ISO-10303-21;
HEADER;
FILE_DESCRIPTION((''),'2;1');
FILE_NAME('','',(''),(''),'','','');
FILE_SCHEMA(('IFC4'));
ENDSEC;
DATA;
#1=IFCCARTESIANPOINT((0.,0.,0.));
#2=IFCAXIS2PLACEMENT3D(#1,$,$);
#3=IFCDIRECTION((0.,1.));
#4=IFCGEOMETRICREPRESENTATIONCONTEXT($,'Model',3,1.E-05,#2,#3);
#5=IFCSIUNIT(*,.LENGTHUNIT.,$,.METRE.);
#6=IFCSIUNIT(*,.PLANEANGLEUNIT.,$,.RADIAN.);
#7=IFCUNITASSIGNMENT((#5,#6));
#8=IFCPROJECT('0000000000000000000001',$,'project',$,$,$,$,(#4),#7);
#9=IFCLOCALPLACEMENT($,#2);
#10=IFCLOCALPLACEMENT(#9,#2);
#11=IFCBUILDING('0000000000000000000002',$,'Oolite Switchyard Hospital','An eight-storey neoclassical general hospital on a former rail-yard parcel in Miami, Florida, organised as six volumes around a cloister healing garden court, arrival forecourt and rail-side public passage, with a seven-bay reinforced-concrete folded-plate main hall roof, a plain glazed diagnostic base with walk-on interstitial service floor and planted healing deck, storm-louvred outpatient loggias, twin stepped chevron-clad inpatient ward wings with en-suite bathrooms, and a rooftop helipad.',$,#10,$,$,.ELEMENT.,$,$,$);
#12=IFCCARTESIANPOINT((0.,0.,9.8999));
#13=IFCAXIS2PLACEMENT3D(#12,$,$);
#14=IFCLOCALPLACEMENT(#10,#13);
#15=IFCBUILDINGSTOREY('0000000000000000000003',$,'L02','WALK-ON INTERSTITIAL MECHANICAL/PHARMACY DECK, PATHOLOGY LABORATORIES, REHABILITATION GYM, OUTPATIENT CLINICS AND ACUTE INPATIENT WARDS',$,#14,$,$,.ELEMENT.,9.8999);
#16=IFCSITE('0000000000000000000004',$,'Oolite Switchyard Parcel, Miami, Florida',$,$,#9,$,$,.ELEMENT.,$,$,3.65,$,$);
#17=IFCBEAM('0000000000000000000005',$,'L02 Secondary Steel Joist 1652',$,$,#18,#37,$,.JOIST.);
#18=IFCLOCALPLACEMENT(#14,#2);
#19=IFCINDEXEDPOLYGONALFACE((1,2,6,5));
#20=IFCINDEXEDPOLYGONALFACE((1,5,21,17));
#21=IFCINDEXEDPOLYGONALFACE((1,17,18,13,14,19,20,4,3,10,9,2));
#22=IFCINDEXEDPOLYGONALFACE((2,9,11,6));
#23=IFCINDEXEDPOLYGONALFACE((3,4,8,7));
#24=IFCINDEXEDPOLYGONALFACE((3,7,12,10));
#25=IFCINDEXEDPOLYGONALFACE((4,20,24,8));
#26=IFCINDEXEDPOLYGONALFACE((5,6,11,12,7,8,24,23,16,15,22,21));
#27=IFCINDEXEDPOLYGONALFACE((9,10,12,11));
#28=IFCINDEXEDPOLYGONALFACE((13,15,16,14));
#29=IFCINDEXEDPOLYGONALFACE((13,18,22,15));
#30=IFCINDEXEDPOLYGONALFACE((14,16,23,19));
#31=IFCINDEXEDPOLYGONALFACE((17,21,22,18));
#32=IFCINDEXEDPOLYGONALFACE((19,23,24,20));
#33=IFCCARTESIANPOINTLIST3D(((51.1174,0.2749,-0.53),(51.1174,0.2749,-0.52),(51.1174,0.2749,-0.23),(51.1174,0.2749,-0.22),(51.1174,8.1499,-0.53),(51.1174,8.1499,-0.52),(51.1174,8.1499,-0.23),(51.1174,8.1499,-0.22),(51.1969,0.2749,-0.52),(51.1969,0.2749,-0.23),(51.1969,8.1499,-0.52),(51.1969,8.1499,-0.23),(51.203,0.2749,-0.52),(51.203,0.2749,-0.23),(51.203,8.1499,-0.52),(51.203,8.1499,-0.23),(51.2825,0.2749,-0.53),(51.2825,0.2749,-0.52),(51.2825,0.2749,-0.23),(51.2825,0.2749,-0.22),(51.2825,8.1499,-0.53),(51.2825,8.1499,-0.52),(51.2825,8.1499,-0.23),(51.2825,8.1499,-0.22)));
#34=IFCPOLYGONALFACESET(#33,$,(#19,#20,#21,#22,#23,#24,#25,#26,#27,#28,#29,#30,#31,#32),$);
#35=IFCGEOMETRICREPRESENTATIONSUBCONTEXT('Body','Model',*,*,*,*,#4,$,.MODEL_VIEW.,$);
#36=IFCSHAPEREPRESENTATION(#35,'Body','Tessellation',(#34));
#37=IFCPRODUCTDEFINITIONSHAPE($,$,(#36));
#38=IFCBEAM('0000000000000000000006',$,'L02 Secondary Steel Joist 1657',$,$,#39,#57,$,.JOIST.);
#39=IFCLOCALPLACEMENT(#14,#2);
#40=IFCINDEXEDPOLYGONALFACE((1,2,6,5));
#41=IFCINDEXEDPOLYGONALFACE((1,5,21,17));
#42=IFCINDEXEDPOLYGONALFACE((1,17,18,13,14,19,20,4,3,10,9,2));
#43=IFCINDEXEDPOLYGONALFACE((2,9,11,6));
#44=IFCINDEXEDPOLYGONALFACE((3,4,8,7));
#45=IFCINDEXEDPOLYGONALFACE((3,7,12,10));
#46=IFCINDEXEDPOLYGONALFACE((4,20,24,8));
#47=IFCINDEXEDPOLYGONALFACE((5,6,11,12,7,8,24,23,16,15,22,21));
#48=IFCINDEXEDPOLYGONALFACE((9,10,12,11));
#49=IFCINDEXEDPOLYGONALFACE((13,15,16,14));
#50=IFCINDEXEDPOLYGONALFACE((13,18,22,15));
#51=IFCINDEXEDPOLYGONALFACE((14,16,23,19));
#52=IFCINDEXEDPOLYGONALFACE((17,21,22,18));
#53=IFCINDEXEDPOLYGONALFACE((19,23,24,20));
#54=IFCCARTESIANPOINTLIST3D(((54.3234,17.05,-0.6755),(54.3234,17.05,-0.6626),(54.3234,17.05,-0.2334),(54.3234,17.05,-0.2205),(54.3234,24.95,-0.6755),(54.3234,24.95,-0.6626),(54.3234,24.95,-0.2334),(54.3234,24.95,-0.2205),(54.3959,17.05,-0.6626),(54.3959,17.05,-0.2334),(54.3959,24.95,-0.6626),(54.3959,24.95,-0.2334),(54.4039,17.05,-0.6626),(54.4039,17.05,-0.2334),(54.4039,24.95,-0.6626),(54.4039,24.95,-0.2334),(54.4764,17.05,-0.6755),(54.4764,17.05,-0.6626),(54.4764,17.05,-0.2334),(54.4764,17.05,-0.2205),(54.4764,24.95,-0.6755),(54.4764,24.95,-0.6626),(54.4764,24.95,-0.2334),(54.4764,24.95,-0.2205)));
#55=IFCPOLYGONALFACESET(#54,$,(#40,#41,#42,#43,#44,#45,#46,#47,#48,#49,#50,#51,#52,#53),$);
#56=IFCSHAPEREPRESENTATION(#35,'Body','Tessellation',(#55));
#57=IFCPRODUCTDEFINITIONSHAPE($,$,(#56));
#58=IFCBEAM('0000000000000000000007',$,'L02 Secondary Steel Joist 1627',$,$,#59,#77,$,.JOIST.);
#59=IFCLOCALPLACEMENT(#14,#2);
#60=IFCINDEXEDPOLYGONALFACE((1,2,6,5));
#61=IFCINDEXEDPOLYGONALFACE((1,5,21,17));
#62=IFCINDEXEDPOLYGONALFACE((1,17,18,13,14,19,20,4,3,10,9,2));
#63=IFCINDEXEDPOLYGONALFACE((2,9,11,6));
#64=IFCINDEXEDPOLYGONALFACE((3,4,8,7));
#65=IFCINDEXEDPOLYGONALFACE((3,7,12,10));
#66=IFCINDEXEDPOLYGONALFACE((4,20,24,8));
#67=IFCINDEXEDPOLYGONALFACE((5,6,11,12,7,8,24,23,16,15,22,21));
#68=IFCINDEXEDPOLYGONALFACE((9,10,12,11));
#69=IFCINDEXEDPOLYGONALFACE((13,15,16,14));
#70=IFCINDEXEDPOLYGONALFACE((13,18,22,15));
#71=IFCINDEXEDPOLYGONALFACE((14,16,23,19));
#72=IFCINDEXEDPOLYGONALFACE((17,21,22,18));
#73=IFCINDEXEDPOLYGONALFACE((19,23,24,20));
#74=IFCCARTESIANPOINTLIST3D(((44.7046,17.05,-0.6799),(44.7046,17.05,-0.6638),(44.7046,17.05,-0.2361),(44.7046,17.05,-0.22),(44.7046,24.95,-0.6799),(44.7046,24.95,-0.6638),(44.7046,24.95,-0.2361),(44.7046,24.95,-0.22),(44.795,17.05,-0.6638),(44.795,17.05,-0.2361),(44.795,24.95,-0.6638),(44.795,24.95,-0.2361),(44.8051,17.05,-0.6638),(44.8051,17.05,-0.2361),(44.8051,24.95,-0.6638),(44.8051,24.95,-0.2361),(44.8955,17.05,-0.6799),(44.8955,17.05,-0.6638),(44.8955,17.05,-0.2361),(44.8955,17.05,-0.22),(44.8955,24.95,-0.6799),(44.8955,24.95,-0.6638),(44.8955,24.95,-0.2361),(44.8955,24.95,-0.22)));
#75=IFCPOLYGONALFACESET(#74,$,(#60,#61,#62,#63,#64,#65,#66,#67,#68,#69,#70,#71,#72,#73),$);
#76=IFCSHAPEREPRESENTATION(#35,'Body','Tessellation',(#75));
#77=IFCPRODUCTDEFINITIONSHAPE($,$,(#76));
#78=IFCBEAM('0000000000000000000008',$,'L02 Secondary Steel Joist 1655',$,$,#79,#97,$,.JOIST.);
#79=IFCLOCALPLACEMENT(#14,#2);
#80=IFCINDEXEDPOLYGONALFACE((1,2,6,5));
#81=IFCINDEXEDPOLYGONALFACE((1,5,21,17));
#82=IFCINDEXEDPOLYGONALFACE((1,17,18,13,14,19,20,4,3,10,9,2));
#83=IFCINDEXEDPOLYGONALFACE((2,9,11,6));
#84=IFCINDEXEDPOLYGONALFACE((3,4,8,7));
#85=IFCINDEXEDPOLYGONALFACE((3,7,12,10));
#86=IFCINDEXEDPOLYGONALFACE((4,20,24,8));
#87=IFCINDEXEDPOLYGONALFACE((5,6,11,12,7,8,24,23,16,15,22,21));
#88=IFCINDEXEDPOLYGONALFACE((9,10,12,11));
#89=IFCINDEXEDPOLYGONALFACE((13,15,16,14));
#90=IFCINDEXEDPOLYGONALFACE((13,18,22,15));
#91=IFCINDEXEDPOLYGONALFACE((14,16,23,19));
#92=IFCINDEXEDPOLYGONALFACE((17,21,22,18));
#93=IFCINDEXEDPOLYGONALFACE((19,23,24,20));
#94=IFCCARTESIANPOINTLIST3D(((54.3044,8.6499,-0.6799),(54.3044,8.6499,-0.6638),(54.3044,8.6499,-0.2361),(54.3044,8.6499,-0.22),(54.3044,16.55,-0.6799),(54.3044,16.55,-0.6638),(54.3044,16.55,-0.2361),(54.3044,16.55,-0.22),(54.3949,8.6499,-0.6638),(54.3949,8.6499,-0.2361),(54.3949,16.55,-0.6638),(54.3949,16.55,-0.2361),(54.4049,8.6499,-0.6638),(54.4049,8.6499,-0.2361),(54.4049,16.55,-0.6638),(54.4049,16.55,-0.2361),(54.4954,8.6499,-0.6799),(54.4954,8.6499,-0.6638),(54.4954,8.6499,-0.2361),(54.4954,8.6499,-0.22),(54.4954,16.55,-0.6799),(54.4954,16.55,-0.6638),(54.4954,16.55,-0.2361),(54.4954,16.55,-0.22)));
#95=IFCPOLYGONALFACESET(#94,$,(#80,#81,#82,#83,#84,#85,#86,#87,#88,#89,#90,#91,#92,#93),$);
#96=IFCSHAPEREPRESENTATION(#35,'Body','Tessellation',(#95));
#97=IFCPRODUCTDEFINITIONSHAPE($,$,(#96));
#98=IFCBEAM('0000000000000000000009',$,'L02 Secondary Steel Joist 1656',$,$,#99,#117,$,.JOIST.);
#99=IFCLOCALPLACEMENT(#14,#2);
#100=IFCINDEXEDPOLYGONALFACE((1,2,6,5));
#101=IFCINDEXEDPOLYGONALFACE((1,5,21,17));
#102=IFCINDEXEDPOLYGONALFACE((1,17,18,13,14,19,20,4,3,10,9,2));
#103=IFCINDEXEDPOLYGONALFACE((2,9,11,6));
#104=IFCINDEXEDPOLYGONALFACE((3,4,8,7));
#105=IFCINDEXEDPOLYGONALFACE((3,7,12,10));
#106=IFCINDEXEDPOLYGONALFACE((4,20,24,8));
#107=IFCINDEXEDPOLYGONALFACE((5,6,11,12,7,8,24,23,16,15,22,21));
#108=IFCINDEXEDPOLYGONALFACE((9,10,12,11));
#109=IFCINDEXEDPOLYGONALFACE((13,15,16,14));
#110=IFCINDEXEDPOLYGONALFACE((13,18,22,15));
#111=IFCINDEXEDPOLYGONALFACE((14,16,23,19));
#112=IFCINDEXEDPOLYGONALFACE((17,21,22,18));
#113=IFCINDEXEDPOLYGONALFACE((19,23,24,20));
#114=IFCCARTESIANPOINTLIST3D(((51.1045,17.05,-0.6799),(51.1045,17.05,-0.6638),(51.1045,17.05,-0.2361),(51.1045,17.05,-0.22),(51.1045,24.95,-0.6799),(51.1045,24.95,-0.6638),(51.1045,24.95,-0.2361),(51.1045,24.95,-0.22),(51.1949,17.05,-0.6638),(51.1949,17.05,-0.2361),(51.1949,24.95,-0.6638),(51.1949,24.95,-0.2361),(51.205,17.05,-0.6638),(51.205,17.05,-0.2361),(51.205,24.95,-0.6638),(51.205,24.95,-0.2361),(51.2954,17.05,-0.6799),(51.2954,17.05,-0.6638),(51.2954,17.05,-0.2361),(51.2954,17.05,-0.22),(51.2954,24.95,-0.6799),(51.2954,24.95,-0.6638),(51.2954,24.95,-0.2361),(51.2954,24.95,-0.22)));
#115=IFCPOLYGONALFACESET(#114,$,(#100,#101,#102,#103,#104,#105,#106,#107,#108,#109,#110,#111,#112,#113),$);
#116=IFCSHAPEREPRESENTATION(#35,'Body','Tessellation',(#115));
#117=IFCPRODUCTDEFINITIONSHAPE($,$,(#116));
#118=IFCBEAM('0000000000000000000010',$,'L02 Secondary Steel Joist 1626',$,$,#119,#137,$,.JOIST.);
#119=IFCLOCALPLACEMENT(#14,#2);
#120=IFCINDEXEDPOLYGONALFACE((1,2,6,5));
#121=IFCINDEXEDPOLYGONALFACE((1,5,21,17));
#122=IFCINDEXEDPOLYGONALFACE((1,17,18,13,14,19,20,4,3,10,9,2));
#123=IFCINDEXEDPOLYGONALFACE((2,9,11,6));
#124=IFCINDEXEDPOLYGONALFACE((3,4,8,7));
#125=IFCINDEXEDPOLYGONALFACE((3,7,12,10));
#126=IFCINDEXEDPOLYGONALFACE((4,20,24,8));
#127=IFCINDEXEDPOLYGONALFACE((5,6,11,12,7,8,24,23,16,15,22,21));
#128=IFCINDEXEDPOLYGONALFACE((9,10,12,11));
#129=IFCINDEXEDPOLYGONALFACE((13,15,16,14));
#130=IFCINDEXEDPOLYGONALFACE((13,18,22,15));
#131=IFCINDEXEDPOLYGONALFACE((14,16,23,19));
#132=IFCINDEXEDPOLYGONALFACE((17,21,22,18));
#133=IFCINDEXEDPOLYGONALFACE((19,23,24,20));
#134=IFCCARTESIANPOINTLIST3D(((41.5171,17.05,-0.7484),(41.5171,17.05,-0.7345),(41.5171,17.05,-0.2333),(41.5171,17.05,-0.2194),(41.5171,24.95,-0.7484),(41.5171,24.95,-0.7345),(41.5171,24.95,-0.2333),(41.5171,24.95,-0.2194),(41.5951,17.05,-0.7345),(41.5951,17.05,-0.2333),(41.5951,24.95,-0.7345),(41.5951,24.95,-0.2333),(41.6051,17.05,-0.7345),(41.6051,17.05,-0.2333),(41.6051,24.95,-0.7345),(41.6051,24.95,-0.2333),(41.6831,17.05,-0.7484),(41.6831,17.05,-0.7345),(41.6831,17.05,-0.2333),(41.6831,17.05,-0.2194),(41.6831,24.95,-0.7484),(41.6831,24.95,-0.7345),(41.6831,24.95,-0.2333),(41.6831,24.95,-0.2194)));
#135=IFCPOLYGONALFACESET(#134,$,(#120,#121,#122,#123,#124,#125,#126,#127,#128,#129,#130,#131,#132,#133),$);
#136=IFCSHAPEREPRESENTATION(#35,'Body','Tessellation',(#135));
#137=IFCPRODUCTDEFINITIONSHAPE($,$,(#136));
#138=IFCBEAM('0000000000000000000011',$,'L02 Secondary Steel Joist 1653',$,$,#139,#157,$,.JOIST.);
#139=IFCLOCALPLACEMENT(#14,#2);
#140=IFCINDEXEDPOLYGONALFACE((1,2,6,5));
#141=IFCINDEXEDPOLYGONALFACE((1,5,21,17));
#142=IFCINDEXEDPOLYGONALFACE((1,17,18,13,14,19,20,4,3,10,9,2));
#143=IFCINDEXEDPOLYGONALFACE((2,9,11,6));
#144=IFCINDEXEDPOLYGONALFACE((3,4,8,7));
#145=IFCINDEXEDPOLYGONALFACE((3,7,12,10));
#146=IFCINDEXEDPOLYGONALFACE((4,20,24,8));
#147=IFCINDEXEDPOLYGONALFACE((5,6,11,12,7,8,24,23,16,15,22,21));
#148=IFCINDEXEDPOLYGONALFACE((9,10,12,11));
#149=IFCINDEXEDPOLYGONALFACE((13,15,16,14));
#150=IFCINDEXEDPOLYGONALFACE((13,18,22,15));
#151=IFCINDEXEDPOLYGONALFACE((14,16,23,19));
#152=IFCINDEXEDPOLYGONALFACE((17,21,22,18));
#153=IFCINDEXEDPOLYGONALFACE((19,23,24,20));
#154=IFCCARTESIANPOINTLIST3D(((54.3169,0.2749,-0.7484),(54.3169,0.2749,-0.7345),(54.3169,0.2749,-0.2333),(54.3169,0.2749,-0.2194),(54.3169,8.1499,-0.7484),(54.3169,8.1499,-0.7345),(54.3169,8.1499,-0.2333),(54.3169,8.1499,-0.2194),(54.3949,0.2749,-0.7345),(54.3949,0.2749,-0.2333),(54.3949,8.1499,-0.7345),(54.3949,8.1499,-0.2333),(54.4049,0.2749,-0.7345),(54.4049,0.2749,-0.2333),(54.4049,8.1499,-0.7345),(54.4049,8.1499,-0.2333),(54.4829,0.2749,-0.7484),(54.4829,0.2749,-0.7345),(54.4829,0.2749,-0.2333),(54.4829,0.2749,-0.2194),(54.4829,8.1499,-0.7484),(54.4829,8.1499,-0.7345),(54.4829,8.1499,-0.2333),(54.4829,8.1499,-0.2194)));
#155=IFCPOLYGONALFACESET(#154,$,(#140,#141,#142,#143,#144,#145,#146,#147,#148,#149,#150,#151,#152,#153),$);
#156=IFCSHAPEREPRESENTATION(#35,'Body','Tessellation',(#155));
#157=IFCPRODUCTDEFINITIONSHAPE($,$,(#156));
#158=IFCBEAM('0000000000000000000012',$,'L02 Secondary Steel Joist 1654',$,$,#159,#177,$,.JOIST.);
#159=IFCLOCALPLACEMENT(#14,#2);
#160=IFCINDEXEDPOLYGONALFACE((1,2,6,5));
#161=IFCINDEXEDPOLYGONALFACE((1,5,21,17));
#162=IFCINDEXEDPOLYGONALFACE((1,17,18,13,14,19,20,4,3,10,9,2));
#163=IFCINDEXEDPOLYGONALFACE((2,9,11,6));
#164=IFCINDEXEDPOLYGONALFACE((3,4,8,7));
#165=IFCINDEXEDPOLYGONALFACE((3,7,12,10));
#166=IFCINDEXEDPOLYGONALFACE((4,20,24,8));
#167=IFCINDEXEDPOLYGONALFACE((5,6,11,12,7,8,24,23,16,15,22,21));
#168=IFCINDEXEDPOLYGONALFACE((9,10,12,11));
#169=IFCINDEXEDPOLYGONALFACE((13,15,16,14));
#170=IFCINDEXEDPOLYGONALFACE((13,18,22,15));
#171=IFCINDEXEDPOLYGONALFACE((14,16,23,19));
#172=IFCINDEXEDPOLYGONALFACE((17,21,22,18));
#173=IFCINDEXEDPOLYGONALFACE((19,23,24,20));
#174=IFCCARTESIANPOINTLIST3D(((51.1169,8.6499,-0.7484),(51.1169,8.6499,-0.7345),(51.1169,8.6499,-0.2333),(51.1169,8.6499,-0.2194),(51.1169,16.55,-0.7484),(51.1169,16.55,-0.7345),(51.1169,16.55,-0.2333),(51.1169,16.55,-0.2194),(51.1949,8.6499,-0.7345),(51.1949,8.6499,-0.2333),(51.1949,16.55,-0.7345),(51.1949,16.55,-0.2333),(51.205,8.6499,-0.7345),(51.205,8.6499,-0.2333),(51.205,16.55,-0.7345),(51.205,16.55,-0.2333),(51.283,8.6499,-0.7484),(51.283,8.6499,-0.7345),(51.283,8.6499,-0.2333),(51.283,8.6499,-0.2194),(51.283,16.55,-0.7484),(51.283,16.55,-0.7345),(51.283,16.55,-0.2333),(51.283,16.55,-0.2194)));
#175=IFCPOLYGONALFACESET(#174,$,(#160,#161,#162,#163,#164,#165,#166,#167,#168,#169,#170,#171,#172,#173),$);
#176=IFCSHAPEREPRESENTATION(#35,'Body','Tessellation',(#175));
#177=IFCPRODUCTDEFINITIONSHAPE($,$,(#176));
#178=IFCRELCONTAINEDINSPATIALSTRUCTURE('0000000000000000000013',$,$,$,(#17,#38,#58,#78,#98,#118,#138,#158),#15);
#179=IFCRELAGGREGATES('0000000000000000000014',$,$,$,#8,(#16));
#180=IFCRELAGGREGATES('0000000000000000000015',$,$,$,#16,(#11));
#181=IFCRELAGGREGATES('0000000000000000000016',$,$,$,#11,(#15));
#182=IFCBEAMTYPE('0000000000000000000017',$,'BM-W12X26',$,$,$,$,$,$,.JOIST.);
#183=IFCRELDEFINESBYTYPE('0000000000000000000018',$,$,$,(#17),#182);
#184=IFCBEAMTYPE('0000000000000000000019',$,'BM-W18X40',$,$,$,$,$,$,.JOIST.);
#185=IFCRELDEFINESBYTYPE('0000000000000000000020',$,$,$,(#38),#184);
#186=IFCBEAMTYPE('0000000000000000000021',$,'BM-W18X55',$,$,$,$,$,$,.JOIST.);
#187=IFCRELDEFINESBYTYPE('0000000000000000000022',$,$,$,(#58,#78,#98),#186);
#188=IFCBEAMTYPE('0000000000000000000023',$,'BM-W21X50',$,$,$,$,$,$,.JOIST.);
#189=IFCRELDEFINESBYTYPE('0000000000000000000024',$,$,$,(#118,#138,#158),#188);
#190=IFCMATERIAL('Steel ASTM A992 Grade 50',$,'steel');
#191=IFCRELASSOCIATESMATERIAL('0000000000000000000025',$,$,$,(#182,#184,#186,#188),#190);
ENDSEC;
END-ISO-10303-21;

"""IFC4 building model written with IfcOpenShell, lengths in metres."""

from ifc_helpers import new_model, si_unit, direction, frame, origin, origin_2d, place, context, subcontext, project, spatial, i_section, extrude, material, material_profile, profile_set, type_object, element, save


model = new_model("IFC4")

# Units and contexts
model_context = context("Model", 3, precision=1e-05, world=origin(), true_north=direction((0.0, 1.0)))
body_context = subcontext(model_context, "Body", "Model", "MODEL_VIEW")
ifc_project = project(units=[si_unit("LENGTHUNIT", "METRE"), si_unit("PLANEANGLEUNIT", "RADIAN")], contexts=[model_context])

# Site, building, storey
site_placement = place(None, origin())
site = spatial("IfcSite", under=ifc_project, at=site_placement, Name="Oolite Switchyard Parcel, Miami, Florida", CompositionType="ELEMENT", RefElevation=3.65)
building_placement = place(site_placement, origin())
building = spatial("IfcBuilding", under=site, at=building_placement, Name="Oolite Switchyard Hospital", Description="An eight-storey neoclassical general hospital on a former rail-yard parcel in Miami, Florida, organised as six volumes around a cloister healing garden court, arrival forecourt and rail-side public passage, with a seven-bay reinforced-concrete folded-plate main hall roof, a plain glazed diagnostic base with walk-on interstitial service floor and planted healing deck, storm-louvred outpatient loggias, twin stepped chevron-clad inpatient ward wings with en-suite bathrooms, and a rooftop helipad.", CompositionType="ELEMENT")
storey_placement = place(building_placement, frame((0.0, 0.0, 9.8999)))
storey = spatial("IfcBuildingStorey", under=building, at=storey_placement, Name="L02", Description="WALK-ON INTERSTITIAL MECHANICAL/PHARMACY DECK, PATHOLOGY LABORATORIES, REHABILITATION GYM, OUTPATIENT CLINICS AND ACUTE INPATIENT WARDS", CompositionType="ELEMENT", Elevation=9.8999)

# Beams
ifc_material_1 = material(Name="Steel ASTM A992 Grade 50", Category="steel")
ifc_material_profile_1 = material_profile(ifc_material_1, i_section(OverallWidth=0.165, OverallDepth=0.3101, WebThickness=0.0061, FlangeThickness=0.01, at=origin_2d()), Name="W12X26")
ifc_profile_set_1 = profile_set([ifc_material_profile_1], Name="Steel ASTM A992 Grade 50")
beam_type_1 = type_object("IfcBeamType", Name="BM-W12X26", PredefinedType="JOIST", material=ifc_profile_set_1)
for number, where, z_axis, x_axis, name in (
    (1, (51.2, 0.2749, -0.375), (0.0, 1.0, 0.0), (-1.0, 0.0, 0.0), "L02 Secondary Steel Joist 1652"),
):
    element("IfcBeam", number, at=place(storey_placement, frame(where, z_axis=z_axis, x_axis=x_axis)), inside=storey, type_object=beam_type_1, Name=name, PredefinedType="JOIST", context=body_context, shape_type="SweptSolid", body=[
        extrude(i_section(OverallWidth=0.165, OverallDepth=0.3101, WebThickness=0.0061, FlangeThickness=0.01, at=origin_2d()), origin(), (0.0, 0.0, 1.0), 7.875),
    ])
ifc_material_profile_2 = material_profile(ifc_material_1, i_section(OverallWidth=0.1531, OverallDepth=0.4551, WebThickness=0.0081, FlangeThickness=0.0129, at=origin_2d()), Name="W18X40")
ifc_profile_set_2 = profile_set([ifc_material_profile_2], Name="Steel ASTM A992 Grade 50")
beam_type_2 = type_object("IfcBeamType", Name="BM-W18X40", PredefinedType="JOIST", material=ifc_profile_set_2)
beam_1_placement = place(storey_placement, frame((54.3999, 17.05, -0.448), z_axis=(0.0, 1.0, 0.0), x_axis=(-1.0, 0.0, 0.0)))
element("IfcBeam", 2, at=beam_1_placement, inside=storey, type_object=beam_type_2, Name="L02 Secondary Steel Joist 1657", PredefinedType="JOIST", context=body_context, shape_type="SweptSolid", body=[
    extrude(i_section(OverallWidth=0.1531, OverallDepth=0.4551, WebThickness=0.0081, FlangeThickness=0.0129, at=origin_2d()), origin(), (0.0, 0.0, 1.0), 7.8999),
])
ifc_material_profile_3 = material_profile(ifc_material_1, i_section(OverallWidth=0.1909, OverallDepth=0.46, WebThickness=0.01, FlangeThickness=0.0161, at=origin_2d()), Name="W18X55")
ifc_profile_set_3 = profile_set([ifc_material_profile_3], Name="Steel ASTM A992 Grade 50")
beam_type_3 = type_object("IfcBeamType", Name="BM-W18X55", PredefinedType="JOIST", material=ifc_profile_set_3)
beam_2_placement = place(storey_placement, frame((44.8, 17.05, -0.45), z_axis=(0.0, 1.0, 0.0), x_axis=(-1.0, 0.0, 0.0)))
element("IfcBeam", 3, at=beam_2_placement, inside=storey, type_object=beam_type_3, Name="L02 Secondary Steel Joist 1627", PredefinedType="JOIST", context=body_context, shape_type="SweptSolid", body=[
    extrude(i_section(OverallWidth=0.1909, OverallDepth=0.46, WebThickness=0.01, FlangeThickness=0.0161, at=origin_2d()), origin(), (0.0, 0.0, 1.0), 7.8999),
])
beam_3_placement = place(storey_placement, frame((54.3999, 8.6499, -0.45), z_axis=(0.0, 1.0, 0.0), x_axis=(-1.0, 0.0, 0.0)))
element("IfcBeam", 4, at=beam_3_placement, inside=storey, type_object=beam_type_3, Name="L02 Secondary Steel Joist 1655", PredefinedType="JOIST", context=body_context, shape_type="SweptSolid", body=[
    extrude(i_section(OverallWidth=0.1909, OverallDepth=0.46, WebThickness=0.01, FlangeThickness=0.0161, at=origin_2d()), origin(), (0.0, 0.0, 1.0), 7.9001),
])
beam_4_placement = place(storey_placement, frame((51.2, 17.05, -0.45), z_axis=(0.0, 1.0, 0.0), x_axis=(-1.0, 0.0, 0.0)))
element("IfcBeam", 5, at=beam_4_placement, inside=storey, type_object=beam_type_3, Name="L02 Secondary Steel Joist 1656", PredefinedType="JOIST", context=body_context, shape_type="SweptSolid", body=[
    extrude(i_section(OverallWidth=0.1909, OverallDepth=0.46, WebThickness=0.01, FlangeThickness=0.0161, at=origin_2d()), origin(), (0.0, 0.0, 1.0), 7.8999),
])
ifc_material_profile_4 = material_profile(ifc_material_1, i_section(OverallWidth=0.166, OverallDepth=0.5291, WebThickness=0.01, FlangeThickness=0.0139, at=origin_2d()), Name="W21X50")
ifc_profile_set_4 = profile_set([ifc_material_profile_4], Name="Steel ASTM A992 Grade 50")
beam_type_4 = type_object("IfcBeamType", Name="BM-W21X50", PredefinedType="JOIST", material=ifc_profile_set_4)
beam_5_placement = place(storey_placement, frame((41.6001, 17.05, -0.4839), z_axis=(0.0, 1.0, 0.0), x_axis=(-1.0, 0.0, 0.0)))
element("IfcBeam", 6, at=beam_5_placement, inside=storey, type_object=beam_type_4, Name="L02 Secondary Steel Joist 1626", PredefinedType="JOIST", context=body_context, shape_type="SweptSolid", body=[
    extrude(i_section(OverallWidth=0.166, OverallDepth=0.5291, WebThickness=0.01, FlangeThickness=0.0139, at=origin_2d()), origin(), (0.0, 0.0, 1.0), 7.8999),
])
beam_6_placement = place(storey_placement, frame((54.3999, 0.2749, -0.4839), z_axis=(0.0, 1.0, 0.0), x_axis=(-1.0, 0.0, 0.0)))
element("IfcBeam", 7, at=beam_6_placement, inside=storey, type_object=beam_type_4, Name="L02 Secondary Steel Joist 1653", PredefinedType="JOIST", context=body_context, shape_type="SweptSolid", body=[
    extrude(i_section(OverallWidth=0.166, OverallDepth=0.5291, WebThickness=0.01, FlangeThickness=0.0139, at=origin_2d()), origin(), (0.0, 0.0, 1.0), 7.875),
])
beam_7_placement = place(storey_placement, frame((51.2, 8.6499, -0.4839), z_axis=(0.0, 1.0, 0.0), x_axis=(-1.0, 0.0, 0.0)))
element("IfcBeam", 8, at=beam_7_placement, inside=storey, type_object=beam_type_4, Name="L02 Secondary Steel Joist 1654", PredefinedType="JOIST", context=body_context, shape_type="SweptSolid", body=[
    extrude(i_section(OverallWidth=0.166, OverallDepth=0.5291, WebThickness=0.01, FlangeThickness=0.0139, at=origin_2d()), origin(), (0.0, 0.0, 1.0), 7.9001),
])

save(model, "model.ifc")
